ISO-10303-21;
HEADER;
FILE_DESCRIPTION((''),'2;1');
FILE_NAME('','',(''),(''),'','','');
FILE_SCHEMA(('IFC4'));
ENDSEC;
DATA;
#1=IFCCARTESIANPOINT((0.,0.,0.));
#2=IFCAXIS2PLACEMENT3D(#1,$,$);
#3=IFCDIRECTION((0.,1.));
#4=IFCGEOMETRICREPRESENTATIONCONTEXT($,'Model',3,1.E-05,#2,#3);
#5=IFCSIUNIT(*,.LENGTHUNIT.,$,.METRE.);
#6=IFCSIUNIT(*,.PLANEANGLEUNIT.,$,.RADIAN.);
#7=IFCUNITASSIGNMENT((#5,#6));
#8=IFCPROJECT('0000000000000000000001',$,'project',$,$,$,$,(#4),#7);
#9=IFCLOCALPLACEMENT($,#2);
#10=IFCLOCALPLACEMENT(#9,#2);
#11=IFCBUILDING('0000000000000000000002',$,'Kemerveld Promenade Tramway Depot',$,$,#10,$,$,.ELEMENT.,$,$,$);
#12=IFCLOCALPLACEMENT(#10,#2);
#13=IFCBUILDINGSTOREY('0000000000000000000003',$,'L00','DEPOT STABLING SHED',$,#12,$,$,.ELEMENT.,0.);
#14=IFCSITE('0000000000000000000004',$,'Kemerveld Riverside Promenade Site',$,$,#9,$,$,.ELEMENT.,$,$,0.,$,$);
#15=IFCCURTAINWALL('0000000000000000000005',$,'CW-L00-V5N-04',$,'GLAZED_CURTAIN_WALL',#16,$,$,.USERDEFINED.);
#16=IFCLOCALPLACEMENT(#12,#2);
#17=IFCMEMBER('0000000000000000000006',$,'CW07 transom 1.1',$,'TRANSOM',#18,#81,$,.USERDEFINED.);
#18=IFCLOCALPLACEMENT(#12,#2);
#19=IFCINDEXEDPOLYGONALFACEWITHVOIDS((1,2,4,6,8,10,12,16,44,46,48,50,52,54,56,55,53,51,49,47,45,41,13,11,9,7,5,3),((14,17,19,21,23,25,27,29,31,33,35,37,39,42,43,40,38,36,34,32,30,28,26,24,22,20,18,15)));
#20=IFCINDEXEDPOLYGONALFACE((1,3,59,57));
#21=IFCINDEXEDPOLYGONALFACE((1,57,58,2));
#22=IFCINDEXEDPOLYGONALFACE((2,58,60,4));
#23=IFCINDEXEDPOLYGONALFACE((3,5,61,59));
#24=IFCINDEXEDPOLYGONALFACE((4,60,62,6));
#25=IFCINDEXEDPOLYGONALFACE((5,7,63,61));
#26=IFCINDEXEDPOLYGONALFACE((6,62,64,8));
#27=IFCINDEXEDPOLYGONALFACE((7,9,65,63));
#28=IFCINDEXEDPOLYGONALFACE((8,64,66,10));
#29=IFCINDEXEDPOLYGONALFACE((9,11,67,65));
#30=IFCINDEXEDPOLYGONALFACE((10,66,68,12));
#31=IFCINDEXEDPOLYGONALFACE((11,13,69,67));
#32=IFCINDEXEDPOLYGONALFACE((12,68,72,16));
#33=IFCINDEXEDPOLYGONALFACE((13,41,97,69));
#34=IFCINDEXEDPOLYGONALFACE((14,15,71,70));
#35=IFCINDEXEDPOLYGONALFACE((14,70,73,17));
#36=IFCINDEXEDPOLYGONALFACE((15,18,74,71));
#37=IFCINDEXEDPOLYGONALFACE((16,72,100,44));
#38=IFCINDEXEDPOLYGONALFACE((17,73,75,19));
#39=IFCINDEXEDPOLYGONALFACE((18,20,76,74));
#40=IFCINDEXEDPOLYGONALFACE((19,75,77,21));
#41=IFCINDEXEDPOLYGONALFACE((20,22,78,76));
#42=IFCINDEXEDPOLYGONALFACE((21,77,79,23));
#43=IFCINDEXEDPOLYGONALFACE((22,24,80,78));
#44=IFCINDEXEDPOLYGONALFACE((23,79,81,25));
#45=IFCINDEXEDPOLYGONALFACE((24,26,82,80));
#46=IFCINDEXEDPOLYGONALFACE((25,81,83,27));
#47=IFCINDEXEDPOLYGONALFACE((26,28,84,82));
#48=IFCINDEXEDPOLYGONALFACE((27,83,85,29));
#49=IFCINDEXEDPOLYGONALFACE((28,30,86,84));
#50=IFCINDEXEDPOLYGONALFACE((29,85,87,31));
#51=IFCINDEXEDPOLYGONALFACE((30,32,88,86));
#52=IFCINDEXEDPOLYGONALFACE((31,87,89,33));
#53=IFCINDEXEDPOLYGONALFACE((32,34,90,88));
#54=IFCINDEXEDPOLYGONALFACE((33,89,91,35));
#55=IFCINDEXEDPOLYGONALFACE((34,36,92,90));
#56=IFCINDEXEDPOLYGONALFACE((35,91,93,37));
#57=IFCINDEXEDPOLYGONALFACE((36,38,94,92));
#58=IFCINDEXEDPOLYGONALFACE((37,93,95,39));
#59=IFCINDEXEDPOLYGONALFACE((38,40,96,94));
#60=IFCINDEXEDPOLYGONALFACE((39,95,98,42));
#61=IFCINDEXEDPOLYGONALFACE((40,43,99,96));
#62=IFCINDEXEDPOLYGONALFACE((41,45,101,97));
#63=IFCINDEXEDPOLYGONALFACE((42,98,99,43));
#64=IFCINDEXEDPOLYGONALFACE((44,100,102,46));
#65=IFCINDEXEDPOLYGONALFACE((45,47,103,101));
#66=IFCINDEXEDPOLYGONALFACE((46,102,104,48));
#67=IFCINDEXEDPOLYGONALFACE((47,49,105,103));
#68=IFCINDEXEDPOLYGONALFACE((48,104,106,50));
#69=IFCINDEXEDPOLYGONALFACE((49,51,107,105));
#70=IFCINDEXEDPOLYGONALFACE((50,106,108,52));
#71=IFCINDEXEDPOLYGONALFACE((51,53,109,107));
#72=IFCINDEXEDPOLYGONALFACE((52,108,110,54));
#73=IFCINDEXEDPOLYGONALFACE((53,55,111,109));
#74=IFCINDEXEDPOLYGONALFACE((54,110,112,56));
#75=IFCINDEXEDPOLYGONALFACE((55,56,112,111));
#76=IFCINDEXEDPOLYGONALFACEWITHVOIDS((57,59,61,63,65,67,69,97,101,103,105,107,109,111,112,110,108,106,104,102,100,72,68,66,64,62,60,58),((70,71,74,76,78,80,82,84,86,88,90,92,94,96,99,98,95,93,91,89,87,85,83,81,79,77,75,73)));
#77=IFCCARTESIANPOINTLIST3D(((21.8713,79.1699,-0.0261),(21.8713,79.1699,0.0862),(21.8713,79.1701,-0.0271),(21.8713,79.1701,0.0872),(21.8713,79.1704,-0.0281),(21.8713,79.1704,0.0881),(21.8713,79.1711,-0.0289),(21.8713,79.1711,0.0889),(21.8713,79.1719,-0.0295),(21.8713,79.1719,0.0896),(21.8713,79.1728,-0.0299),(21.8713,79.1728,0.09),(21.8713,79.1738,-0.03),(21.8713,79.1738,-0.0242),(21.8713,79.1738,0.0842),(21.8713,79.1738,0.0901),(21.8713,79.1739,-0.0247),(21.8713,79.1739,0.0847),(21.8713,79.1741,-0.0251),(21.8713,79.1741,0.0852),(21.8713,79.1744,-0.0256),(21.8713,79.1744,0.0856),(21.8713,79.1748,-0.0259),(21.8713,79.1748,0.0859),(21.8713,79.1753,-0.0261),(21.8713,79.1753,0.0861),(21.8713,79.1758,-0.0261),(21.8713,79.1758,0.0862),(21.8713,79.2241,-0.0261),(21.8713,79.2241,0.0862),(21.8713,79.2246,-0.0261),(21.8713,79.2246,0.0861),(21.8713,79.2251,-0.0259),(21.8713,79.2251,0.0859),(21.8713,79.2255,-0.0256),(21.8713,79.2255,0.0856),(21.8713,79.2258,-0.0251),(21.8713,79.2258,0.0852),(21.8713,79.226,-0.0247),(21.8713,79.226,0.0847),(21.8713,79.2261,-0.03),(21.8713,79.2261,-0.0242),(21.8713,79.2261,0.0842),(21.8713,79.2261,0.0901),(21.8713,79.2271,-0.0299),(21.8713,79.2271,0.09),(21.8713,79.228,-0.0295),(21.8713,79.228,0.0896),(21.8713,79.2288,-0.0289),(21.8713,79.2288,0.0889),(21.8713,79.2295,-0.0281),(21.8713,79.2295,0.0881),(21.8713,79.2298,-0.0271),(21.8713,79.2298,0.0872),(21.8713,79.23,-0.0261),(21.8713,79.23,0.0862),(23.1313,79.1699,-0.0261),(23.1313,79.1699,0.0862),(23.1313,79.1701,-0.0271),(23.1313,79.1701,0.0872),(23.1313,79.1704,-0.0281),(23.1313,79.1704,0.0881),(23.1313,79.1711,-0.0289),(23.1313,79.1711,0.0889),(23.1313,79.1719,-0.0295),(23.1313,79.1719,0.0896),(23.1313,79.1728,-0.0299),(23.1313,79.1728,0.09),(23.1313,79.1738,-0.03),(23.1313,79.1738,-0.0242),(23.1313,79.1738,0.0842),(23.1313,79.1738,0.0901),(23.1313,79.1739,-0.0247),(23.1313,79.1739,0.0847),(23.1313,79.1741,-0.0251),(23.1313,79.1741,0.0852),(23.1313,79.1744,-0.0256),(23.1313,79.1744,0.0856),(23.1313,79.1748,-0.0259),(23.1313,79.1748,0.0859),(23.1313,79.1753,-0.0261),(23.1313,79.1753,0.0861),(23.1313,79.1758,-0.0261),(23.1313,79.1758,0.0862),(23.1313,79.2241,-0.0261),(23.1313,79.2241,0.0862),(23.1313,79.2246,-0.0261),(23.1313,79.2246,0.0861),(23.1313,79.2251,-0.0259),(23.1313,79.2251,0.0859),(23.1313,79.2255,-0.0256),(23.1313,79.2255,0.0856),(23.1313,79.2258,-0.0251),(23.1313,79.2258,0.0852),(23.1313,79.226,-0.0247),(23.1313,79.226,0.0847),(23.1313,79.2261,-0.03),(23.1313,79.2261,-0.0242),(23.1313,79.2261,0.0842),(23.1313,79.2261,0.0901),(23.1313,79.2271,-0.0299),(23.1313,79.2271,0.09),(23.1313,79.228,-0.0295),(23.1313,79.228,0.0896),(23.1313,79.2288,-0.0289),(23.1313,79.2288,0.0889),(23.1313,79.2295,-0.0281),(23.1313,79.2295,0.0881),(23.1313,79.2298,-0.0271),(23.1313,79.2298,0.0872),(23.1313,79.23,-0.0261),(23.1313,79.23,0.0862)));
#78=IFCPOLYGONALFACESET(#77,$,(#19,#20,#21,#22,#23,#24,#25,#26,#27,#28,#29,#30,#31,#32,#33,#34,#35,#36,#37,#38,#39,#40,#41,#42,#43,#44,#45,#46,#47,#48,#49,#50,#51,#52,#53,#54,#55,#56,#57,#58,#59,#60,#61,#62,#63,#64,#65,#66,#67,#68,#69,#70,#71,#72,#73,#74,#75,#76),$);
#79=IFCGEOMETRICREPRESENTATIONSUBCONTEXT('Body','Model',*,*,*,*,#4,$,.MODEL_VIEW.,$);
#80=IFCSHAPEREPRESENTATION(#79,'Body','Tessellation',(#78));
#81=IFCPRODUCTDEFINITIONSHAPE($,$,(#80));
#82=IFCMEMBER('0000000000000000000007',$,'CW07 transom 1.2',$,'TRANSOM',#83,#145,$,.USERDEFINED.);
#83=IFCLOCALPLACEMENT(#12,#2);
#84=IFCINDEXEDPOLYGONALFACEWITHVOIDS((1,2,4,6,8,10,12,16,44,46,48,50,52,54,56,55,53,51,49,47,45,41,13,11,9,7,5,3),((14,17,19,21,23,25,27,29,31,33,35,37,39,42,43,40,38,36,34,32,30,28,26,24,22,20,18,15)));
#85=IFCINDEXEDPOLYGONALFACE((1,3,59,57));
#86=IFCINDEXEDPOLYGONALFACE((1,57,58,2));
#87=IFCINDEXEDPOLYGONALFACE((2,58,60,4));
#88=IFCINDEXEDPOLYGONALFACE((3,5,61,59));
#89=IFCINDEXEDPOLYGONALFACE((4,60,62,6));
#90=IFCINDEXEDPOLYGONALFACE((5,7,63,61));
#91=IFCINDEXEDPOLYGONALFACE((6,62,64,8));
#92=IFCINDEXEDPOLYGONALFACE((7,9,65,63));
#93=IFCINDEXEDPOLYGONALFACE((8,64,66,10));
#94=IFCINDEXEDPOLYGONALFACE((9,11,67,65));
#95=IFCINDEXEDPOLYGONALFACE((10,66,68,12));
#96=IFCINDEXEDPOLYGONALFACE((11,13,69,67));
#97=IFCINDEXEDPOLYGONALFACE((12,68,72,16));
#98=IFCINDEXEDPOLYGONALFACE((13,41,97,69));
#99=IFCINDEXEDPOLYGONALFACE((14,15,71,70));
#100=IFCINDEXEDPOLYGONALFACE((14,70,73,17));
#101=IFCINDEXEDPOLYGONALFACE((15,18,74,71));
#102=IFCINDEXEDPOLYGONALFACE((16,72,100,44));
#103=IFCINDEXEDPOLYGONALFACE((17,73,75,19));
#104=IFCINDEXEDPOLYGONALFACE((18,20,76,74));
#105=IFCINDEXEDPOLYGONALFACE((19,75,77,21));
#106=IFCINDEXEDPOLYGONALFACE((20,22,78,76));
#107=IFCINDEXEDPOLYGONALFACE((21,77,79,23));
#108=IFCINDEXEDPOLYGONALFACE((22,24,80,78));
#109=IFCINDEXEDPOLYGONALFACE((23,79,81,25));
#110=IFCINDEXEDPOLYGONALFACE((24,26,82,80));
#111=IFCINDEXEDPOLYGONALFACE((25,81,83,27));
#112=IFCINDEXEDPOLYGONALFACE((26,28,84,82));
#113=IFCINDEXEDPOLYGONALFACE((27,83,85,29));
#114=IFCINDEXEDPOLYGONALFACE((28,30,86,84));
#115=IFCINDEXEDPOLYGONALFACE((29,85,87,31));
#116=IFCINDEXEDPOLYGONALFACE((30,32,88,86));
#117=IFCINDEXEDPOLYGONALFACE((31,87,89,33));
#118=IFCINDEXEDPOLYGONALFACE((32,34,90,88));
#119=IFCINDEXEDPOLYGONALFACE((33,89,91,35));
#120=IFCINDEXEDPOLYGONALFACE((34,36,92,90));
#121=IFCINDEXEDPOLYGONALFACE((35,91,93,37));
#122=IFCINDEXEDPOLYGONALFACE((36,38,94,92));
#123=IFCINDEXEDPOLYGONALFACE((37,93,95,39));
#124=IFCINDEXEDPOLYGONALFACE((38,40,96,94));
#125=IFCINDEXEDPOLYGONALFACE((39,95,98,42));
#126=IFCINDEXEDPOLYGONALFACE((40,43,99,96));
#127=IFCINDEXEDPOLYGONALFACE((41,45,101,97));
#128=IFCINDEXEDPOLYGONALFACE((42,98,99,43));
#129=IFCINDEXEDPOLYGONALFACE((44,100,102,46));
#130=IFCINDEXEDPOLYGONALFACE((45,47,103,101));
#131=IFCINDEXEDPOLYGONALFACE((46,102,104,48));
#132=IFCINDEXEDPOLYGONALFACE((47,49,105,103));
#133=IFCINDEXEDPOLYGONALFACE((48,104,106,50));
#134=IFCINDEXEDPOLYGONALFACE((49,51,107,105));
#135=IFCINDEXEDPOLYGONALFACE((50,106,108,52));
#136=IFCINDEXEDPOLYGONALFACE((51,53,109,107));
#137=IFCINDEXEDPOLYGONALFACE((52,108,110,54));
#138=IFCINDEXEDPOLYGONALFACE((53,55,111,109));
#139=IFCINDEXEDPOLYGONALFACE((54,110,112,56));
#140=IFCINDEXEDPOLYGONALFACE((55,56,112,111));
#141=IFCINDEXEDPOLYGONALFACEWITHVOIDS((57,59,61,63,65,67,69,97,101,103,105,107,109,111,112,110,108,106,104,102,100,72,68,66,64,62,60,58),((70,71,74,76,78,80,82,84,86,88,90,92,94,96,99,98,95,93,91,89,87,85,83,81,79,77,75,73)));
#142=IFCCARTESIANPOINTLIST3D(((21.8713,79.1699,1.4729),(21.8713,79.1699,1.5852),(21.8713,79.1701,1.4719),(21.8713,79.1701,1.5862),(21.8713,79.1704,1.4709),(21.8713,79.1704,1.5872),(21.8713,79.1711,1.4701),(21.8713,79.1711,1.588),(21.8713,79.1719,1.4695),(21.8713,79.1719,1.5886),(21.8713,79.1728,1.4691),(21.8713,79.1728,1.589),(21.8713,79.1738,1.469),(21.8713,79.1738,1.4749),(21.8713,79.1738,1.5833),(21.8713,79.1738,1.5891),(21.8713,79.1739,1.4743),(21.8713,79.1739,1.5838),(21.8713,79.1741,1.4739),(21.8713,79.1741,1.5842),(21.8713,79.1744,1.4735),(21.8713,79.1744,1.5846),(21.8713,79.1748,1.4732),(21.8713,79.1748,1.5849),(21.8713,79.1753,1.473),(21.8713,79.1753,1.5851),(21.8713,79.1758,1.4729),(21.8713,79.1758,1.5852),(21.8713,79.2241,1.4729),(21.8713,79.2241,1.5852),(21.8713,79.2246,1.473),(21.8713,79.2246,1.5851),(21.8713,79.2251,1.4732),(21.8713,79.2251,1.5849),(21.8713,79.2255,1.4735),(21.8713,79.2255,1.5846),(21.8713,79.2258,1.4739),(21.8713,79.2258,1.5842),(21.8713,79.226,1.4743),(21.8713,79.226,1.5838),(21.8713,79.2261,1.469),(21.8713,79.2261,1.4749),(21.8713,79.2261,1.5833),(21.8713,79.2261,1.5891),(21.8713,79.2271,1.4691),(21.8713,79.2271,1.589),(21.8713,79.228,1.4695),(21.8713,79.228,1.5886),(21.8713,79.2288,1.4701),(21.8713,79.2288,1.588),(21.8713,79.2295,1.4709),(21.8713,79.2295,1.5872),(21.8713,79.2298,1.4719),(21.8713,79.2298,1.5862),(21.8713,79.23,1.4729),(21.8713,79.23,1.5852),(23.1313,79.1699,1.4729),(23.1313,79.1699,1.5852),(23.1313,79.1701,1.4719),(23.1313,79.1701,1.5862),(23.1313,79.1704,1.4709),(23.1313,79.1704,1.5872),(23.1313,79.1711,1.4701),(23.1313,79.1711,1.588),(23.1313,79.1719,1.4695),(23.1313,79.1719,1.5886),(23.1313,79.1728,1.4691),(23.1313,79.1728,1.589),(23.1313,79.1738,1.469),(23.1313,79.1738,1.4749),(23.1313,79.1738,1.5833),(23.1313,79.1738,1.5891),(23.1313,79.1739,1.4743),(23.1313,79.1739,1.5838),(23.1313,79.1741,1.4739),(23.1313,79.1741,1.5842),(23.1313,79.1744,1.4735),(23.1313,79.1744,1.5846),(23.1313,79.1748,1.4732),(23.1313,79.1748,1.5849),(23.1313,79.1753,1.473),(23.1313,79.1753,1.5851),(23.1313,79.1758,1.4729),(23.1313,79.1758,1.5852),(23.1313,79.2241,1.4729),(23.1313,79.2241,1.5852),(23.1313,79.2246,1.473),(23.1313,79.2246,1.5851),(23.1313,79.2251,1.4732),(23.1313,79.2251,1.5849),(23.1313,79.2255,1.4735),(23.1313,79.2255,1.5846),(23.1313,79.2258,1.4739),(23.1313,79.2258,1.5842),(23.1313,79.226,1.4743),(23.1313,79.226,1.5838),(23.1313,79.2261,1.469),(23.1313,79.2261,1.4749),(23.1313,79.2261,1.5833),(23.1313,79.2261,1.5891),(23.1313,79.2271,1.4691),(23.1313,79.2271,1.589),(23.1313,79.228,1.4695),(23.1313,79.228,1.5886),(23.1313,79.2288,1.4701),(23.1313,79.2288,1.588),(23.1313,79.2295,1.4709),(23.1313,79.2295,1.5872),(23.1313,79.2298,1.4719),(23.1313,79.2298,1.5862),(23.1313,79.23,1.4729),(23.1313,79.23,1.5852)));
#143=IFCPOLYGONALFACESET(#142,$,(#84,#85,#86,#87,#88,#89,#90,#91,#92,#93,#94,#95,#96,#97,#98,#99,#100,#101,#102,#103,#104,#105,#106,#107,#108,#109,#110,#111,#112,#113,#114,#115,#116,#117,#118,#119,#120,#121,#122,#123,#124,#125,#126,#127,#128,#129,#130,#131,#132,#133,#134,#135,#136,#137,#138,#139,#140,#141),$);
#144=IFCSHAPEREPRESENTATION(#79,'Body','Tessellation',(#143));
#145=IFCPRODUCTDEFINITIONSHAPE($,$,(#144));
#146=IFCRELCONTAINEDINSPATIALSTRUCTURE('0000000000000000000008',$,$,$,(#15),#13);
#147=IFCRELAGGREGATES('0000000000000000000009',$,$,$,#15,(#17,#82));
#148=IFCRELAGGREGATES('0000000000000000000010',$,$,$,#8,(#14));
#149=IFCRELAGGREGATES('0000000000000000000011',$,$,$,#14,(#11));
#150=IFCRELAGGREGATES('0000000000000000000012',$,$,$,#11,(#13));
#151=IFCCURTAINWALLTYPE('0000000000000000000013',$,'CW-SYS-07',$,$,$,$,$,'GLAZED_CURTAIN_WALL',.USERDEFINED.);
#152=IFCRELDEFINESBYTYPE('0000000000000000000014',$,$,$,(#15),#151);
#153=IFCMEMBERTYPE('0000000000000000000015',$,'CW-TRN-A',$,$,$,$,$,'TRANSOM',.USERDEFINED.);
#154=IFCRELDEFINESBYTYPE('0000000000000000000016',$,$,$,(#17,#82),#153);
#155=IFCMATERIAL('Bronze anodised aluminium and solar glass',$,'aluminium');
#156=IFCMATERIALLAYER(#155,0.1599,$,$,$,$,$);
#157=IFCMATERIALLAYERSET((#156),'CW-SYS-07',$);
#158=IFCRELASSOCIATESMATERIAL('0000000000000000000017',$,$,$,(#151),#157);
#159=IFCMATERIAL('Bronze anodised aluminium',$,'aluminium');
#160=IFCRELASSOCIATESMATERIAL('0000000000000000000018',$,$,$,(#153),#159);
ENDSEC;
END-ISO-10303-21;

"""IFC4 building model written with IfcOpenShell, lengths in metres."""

from ifc_helpers import new_model, si_unit, direction, frame, origin, origin_2d, place, context, subcontext, project, spatial, hollow_rectangle, extrude, material, layer, layer_set, material_profile, profile_set, type_object, element, aggregate, save


model = new_model("IFC4")

# Units and contexts
model_context = context("Model", 3, precision=1e-05, world=origin(), true_north=direction((0.0, 1.0)))
body_context = subcontext(model_context, "Body", "Model", "MODEL_VIEW")
ifc_project = project(units=[si_unit("LENGTHUNIT", "METRE"), si_unit("PLANEANGLEUNIT", "RADIAN")], contexts=[model_context])

# Site, building, storey
site_placement = place(None, origin())
site = spatial("IfcSite", under=ifc_project, at=site_placement, Name="Kemerveld Riverside Promenade Site", CompositionType="ELEMENT", RefElevation=0.0)
building_placement = place(site_placement, origin())
building = spatial("IfcBuilding", under=site, at=building_placement, Name="Kemerveld Promenade Tramway Depot", CompositionType="ELEMENT")
storey_placement = place(building_placement, origin())
storey = spatial("IfcBuildingStorey", under=building, at=storey_placement, Name="L00", Description="DEPOT STABLING SHED", CompositionType="ELEMENT", Elevation=0.0)

# Curtain wall, members
ifc_material_1 = material(Name="Bronze anodised aluminium and solar glass", Category="aluminium")
ifc_layer_1 = layer(ifc_material_1, 0.1599)
ifc_layer_set_1 = layer_set([ifc_layer_1], Name="CW-SYS-07")
curtain_wall_type = type_object("IfcCurtainWallType", Name="CW-SYS-07", ElementType="GLAZED_CURTAIN_WALL", PredefinedType="USERDEFINED", material=ifc_layer_set_1)
curtain_wall_placement = place(storey_placement, origin())
curtain_wall = element("IfcCurtainWall", 1, at=curtain_wall_placement, inside=storey, type_object=curtain_wall_type, Name="CW-L00-V5N-04", ObjectType="GLAZED_CURTAIN_WALL", PredefinedType="USERDEFINED")
ifc_material_2 = material(Name="Bronze anodised aluminium", Category="aluminium")
ifc_material_profile_1 = material_profile(ifc_material_2, hollow_rectangle(XDim=0.0601, YDim=0.1201, WallThickness=0.0039, InnerFilletRadius=0.002, OuterFilletRadius=0.0039, at=origin_2d()), Name="CW-TRN-120x60")
ifc_profile_set_1 = profile_set([ifc_material_profile_1], Name="Bronze anodised aluminium")
member_type_1 = type_object("IfcMemberType", Name="CW-TRN-A", ElementType="TRANSOM", PredefinedType="USERDEFINED", material=ifc_profile_set_1)
member_1_placement = place(storey_placement, frame((21.8713, 79.2, 0.03), z_axis=(1.0, 0.0, 0.0), x_axis=(0.0, 1.0, 0.0)))
member_1 = element("IfcMember", 2, at=member_1_placement, type_object=member_type_1, Name="CW07 transom 1.1", ObjectType="TRANSOM", PredefinedType="USERDEFINED", context=body_context, shape_type="SweptSolid", body=[
    extrude(hollow_rectangle(XDim=0.0601, YDim=0.1201, WallThickness=0.0039, InnerFilletRadius=0.002, OuterFilletRadius=0.0039, at=origin_2d()), origin(), (0.0, 0.0, 1.0), 1.26),
])
member_2_placement = place(storey_placement, frame((21.8713, 79.2, 1.5291), z_axis=(1.0, 0.0, 0.0), x_axis=(0.0, 1.0, 0.0)))
member_2 = element("IfcMember", 3, at=member_2_placement, type_object=member_type_1, Name="CW07 transom 1.2", ObjectType="TRANSOM", PredefinedType="USERDEFINED", context=body_context, shape_type="SweptSolid", body=[
    extrude(hollow_rectangle(XDim=0.0601, YDim=0.1201, WallThickness=0.0039, InnerFilletRadius=0.002, OuterFilletRadius=0.0039, at=origin_2d()), origin(), (0.0, 0.0, 1.0), 1.26),
])
aggregate(curtain_wall, [member_1, member_2])

save(model, "model.ifc")
